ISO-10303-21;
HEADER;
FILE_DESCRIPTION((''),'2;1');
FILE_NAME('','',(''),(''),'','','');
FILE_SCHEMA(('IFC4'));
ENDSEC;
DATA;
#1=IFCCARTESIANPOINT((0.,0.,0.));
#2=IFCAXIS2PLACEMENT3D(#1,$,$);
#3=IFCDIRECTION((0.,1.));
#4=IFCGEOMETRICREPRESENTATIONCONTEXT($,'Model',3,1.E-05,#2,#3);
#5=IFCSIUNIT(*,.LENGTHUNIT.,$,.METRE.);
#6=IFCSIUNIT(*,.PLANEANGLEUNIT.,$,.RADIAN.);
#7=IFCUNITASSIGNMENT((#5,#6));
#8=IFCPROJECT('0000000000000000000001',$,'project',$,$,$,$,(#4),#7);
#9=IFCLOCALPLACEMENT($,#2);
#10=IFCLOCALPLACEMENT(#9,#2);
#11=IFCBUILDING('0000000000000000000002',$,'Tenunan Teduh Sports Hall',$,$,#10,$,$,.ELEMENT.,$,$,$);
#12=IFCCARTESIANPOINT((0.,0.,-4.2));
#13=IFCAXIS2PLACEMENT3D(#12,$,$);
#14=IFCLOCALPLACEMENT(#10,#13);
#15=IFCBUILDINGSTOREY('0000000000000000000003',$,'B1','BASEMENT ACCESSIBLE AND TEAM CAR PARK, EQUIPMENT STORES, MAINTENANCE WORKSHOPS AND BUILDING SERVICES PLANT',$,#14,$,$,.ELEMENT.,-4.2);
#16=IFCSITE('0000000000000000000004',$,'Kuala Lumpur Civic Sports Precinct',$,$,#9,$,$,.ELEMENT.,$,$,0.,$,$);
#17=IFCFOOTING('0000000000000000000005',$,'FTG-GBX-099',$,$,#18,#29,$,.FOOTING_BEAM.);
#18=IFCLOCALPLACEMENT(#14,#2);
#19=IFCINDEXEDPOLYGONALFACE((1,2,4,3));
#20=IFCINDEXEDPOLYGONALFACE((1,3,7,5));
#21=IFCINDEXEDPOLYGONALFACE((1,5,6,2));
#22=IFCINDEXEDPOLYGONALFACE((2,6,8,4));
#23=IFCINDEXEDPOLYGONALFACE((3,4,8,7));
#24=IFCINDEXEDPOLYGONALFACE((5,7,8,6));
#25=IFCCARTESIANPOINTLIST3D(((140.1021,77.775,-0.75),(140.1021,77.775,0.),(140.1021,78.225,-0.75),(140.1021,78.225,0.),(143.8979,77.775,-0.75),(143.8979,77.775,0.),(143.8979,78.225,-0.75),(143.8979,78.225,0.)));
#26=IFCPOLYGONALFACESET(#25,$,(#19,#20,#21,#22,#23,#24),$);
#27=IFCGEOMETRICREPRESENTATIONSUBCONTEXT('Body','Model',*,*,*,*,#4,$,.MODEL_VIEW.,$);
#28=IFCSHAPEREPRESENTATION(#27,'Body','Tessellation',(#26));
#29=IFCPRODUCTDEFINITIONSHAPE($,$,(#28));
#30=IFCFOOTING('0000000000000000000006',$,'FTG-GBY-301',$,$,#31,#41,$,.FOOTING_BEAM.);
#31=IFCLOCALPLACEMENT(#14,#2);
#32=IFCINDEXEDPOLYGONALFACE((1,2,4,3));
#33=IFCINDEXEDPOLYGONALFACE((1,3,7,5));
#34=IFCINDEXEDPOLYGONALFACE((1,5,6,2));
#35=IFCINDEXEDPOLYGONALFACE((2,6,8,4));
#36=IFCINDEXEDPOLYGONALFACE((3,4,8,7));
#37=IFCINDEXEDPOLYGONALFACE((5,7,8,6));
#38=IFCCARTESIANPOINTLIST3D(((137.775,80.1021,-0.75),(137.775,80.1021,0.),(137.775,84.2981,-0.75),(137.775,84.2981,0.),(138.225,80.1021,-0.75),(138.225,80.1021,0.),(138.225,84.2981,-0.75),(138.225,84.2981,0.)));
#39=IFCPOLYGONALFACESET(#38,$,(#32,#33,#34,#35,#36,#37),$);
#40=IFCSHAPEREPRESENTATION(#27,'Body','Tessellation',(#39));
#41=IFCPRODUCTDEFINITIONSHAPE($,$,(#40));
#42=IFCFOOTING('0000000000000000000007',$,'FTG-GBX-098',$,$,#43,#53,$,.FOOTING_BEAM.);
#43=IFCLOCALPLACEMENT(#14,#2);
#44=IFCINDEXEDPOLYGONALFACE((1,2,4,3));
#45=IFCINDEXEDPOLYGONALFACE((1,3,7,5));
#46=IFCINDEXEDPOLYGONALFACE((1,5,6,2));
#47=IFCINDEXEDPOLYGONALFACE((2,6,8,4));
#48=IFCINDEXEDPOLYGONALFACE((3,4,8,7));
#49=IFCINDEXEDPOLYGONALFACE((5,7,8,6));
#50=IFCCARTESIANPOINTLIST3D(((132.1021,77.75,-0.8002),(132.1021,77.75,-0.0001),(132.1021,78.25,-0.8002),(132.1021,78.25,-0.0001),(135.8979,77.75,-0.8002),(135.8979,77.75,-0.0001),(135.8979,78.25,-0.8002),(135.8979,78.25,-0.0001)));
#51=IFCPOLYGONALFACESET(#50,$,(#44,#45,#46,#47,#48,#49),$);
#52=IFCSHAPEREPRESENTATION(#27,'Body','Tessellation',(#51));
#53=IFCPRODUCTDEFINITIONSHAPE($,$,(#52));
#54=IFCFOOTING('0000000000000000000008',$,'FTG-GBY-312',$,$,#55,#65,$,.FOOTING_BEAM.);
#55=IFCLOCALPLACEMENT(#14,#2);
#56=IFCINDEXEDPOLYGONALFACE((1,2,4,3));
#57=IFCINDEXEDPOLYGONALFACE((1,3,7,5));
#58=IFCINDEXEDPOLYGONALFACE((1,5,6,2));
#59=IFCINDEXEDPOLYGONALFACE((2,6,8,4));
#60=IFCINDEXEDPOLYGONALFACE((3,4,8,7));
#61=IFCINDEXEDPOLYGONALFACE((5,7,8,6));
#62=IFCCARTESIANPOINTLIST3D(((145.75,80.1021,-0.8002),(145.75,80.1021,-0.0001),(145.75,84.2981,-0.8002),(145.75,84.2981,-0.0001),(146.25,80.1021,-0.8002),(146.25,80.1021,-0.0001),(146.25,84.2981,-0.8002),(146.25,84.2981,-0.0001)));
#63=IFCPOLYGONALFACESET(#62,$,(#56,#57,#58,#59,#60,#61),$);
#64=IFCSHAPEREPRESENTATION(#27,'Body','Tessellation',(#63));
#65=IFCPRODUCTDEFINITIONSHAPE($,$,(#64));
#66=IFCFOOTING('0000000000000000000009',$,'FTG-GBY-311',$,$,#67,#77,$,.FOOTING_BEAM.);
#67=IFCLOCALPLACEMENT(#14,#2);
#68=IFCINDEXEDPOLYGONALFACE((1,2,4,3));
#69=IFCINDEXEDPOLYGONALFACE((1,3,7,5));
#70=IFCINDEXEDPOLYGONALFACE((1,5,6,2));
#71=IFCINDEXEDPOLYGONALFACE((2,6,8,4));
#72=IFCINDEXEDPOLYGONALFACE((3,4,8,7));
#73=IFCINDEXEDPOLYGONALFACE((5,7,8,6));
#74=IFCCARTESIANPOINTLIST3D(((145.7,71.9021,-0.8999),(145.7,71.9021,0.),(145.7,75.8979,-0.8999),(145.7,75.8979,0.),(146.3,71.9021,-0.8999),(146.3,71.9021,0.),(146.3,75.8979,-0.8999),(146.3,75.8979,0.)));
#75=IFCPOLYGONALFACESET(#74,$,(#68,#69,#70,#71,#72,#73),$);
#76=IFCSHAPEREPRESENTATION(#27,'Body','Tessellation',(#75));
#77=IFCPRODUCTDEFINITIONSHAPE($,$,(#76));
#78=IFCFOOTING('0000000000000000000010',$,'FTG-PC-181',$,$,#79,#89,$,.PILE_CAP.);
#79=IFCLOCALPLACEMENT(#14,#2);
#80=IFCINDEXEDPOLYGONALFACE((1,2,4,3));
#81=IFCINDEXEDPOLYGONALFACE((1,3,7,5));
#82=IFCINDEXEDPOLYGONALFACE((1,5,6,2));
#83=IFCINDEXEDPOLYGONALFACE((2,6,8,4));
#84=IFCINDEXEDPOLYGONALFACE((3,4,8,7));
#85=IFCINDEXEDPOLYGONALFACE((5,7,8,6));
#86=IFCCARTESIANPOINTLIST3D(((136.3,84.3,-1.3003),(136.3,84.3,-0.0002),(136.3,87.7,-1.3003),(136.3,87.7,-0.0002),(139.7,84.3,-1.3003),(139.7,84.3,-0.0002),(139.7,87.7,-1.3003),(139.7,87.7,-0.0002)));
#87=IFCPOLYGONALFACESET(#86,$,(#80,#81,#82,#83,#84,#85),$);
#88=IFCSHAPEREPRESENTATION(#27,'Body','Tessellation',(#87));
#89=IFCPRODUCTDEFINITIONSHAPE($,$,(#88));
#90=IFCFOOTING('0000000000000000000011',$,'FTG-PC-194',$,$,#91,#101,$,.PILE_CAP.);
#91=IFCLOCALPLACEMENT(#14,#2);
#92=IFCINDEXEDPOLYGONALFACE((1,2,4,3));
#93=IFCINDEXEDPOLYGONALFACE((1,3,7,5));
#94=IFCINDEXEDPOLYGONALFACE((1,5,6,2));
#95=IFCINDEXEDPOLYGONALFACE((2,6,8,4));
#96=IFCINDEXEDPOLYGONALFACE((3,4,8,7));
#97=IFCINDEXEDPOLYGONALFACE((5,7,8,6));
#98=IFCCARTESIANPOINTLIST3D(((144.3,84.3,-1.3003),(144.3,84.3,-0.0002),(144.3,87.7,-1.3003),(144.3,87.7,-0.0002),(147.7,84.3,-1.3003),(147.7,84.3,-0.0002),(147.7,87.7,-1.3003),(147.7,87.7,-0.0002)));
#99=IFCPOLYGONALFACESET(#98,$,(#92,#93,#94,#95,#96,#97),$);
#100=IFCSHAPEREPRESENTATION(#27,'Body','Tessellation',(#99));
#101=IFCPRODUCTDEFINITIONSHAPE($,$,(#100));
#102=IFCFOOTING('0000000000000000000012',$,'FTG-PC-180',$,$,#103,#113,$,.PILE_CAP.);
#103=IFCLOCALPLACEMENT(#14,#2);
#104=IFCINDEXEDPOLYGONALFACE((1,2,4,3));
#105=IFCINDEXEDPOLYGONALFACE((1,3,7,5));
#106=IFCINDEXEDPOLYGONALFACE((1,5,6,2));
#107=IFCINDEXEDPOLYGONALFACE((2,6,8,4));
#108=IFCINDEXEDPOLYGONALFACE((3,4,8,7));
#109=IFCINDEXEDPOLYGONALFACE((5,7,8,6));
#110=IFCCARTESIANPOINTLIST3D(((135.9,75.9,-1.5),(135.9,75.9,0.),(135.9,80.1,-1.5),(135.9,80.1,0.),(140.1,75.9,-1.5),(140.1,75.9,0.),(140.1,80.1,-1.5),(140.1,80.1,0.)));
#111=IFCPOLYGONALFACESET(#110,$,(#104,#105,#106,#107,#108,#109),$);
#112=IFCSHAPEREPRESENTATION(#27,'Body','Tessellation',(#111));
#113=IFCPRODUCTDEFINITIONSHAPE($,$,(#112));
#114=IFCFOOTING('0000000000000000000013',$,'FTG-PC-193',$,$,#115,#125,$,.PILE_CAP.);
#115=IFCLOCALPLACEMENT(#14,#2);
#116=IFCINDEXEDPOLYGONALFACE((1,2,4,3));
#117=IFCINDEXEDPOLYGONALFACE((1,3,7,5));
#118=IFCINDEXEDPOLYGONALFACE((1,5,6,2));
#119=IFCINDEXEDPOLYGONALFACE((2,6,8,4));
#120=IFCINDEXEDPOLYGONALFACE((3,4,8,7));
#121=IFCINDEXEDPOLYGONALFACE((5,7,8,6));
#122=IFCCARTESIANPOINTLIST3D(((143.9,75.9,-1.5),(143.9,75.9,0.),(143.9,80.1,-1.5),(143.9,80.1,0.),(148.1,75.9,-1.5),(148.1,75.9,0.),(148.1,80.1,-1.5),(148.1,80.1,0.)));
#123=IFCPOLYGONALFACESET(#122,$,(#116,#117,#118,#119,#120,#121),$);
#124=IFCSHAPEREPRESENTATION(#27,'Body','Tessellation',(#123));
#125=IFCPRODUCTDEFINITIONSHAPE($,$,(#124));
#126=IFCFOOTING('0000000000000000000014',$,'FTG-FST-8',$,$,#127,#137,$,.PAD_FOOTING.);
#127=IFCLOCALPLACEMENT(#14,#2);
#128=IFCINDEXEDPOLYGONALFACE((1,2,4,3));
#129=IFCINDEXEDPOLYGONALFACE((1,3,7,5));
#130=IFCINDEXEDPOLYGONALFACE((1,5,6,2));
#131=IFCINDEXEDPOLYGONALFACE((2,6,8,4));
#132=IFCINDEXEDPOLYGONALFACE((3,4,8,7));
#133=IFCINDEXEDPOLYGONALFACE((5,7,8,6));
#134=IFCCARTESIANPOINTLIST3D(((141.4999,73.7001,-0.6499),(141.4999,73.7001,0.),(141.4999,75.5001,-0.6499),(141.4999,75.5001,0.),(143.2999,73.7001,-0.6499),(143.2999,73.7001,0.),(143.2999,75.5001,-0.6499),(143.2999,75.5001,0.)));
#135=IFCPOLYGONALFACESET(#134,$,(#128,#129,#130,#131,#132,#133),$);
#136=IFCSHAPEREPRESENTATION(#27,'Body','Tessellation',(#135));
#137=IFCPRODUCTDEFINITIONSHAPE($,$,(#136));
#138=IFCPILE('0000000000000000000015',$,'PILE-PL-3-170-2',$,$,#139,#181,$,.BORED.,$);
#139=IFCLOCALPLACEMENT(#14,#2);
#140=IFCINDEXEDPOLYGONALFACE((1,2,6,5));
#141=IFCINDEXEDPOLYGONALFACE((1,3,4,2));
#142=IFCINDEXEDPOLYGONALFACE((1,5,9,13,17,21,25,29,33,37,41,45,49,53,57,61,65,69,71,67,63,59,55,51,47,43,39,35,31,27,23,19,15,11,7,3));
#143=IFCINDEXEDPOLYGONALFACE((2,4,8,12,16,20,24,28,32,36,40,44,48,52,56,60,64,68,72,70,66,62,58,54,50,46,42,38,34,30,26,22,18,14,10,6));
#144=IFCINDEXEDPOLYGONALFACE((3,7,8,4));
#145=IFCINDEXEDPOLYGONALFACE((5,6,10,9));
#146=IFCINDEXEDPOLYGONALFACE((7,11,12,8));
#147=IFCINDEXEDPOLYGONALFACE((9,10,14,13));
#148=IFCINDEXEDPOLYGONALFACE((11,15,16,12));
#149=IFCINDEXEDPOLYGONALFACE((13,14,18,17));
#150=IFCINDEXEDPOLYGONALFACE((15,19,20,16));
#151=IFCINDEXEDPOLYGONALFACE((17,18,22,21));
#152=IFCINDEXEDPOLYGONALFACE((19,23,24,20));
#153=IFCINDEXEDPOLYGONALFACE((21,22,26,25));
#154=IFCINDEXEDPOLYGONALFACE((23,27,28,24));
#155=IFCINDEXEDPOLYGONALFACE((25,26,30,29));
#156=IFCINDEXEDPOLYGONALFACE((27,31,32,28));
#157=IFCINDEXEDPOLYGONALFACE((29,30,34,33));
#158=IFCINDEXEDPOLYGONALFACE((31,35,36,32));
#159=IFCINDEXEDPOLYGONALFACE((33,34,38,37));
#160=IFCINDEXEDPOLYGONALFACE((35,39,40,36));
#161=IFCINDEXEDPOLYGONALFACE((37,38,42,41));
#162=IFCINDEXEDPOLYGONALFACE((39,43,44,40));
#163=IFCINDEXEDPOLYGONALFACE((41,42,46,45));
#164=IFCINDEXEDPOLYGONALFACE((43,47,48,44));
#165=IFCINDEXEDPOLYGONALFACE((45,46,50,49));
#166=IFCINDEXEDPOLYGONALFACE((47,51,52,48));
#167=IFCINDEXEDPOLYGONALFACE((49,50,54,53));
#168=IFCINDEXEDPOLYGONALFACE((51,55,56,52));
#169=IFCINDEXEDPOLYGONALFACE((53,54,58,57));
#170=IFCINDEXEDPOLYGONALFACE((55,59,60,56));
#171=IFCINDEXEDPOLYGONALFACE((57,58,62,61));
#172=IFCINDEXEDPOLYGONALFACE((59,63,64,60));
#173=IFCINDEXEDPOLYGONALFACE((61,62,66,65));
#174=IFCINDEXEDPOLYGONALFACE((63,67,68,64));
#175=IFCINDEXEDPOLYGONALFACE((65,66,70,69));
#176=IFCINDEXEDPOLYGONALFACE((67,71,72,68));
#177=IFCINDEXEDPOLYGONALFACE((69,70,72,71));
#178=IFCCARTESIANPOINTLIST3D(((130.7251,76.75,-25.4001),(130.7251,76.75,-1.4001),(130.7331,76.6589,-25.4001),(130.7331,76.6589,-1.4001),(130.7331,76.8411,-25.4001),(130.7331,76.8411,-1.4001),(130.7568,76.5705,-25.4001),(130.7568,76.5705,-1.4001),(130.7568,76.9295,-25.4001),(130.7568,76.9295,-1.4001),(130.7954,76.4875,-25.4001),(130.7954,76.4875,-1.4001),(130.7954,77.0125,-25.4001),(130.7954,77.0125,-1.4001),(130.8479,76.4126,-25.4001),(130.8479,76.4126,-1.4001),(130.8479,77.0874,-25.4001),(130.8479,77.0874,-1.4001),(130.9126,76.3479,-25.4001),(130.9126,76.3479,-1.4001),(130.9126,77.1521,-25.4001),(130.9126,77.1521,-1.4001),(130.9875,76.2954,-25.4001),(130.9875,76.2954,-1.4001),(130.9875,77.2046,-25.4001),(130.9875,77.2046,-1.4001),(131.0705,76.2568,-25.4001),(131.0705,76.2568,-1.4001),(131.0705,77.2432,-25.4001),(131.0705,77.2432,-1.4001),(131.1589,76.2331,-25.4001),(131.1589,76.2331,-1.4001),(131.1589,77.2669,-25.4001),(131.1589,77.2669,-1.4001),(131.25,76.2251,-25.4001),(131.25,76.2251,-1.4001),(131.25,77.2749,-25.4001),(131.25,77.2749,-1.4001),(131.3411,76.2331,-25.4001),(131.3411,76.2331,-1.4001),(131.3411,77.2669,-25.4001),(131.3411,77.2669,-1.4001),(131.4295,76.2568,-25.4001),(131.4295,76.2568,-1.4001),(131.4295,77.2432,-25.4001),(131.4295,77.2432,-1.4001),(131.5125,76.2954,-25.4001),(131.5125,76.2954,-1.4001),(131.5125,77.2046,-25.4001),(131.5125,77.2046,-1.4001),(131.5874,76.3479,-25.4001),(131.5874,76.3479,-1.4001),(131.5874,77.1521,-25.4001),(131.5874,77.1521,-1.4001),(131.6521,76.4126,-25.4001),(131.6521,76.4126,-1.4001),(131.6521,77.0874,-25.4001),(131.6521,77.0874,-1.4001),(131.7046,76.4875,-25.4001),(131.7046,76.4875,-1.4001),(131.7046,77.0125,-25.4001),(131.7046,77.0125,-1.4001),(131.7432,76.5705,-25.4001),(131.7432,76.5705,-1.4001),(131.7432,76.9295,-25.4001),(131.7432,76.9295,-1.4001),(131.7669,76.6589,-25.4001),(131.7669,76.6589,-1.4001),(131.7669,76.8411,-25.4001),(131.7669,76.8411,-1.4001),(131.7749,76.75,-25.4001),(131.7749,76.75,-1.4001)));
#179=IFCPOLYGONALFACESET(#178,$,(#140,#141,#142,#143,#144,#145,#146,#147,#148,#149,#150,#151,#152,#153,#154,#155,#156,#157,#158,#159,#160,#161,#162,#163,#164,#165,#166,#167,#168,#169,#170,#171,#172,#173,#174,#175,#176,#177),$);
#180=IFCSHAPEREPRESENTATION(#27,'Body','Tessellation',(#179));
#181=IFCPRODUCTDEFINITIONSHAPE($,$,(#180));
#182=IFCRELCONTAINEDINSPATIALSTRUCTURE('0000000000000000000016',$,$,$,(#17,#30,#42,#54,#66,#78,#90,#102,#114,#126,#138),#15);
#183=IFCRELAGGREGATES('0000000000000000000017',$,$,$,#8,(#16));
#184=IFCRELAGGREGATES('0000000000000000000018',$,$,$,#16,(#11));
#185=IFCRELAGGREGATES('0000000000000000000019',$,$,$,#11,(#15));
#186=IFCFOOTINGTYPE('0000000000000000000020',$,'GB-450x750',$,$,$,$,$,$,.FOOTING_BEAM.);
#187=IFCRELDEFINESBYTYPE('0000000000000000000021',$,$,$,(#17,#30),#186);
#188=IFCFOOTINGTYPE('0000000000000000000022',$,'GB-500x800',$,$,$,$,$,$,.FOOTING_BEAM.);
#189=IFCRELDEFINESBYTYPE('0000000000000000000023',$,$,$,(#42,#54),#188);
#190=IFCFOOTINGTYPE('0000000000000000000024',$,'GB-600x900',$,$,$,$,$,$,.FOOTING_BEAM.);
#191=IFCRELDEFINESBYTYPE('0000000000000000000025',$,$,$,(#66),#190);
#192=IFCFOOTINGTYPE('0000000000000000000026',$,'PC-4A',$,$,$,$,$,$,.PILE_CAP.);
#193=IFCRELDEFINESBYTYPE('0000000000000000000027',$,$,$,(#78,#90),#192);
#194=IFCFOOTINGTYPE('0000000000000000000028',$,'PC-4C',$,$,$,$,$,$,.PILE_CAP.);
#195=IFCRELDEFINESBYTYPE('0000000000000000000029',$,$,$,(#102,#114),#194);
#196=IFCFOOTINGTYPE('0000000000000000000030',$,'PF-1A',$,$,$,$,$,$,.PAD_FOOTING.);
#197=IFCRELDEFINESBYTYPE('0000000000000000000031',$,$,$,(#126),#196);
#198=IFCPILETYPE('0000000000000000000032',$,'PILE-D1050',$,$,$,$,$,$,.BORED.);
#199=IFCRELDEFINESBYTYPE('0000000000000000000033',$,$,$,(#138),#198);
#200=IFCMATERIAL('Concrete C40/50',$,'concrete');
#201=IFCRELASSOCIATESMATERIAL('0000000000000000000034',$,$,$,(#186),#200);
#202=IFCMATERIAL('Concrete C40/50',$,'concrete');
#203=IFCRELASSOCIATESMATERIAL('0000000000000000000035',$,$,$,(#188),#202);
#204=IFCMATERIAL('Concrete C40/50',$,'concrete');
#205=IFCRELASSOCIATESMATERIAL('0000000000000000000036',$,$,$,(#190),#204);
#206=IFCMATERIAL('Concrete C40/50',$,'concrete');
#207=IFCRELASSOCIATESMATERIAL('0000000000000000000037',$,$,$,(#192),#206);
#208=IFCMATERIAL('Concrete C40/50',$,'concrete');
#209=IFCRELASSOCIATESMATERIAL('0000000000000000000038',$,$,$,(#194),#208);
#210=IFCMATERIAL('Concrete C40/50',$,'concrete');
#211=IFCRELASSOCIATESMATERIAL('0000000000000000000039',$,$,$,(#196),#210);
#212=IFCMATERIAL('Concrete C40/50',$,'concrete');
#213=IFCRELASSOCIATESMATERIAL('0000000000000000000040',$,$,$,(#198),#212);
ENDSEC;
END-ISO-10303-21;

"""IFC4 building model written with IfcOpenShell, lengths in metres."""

from ifc_helpers import new_model, si_unit, direction, frame, origin, origin_2d, place, context, subcontext, project, spatial, rectangle, circle, extrude, material, material_profile, profile_set, type_object, element, save


model = new_model("IFC4")

# Units and contexts
model_context = context("Model", 3, precision=1e-05, world=origin(), true_north=direction((0.0, 1.0)))
body_context = subcontext(model_context, "Body", "Model", "MODEL_VIEW")
ifc_project = project(units=[si_unit("LENGTHUNIT", "METRE"), si_unit("PLANEANGLEUNIT", "RADIAN")], contexts=[model_context])

# Site, building, storey
site_placement = place(None, origin())
site = spatial("IfcSite", under=ifc_project, at=site_placement, Name="Kuala Lumpur Civic Sports Precinct", CompositionType="ELEMENT", RefElevation=0.0)
building_placement = place(site_placement, origin())
building = spatial("IfcBuilding", under=site, at=building_placement, Name="Tenunan Teduh Sports Hall", CompositionType="ELEMENT")
storey_placement = place(building_placement, frame((0.0, 0.0, -4.2)))
storey = spatial("IfcBuildingStorey", under=building, at=storey_placement, Name="B1", Description="BASEMENT ACCESSIBLE AND TEAM CAR PARK, EQUIPMENT STORES, MAINTENANCE WORKSHOPS AND BUILDING SERVICES PLANT", CompositionType="ELEMENT", Elevation=-4.2)

# Footings
ifc_material_1 = material(Name="Concrete C40/50", Category="concrete")
ifc_material_profile_1 = material_profile(ifc_material_1, rectangle(XDim=0.45, YDim=0.75, at=origin_2d()), Name="RCB 450x750")
ifc_profile_set_1 = profile_set([ifc_material_profile_1], Name="Concrete C40/50")
footing_type_1 = type_object("IfcFootingType", Name="GB-450x750", PredefinedType="FOOTING_BEAM", material=ifc_profile_set_1)
footing_1_placement = place(storey_placement, frame((140.1021, 78.0, -0.375), z_axis=(1.0, 0.0, 0.0), x_axis=(0.0, 1.0, 0.0)))
element("IfcFooting", 1, at=footing_1_placement, inside=storey, type_object=footing_type_1, Name="FTG-GBX-099", PredefinedType="FOOTING_BEAM", context=body_context, shape_type="SweptSolid", body=[
    extrude(rectangle(XDim=0.45, YDim=0.75, at=origin_2d()), origin(), (0.0, 0.0, 1.0), 3.7959),
])
footing_2_placement = place(storey_placement, frame((138.0, 80.1021, -0.375), z_axis=(0.0, 1.0, 0.0), x_axis=(-1.0, 0.0, 0.0)))
element("IfcFooting", 2, at=footing_2_placement, inside=storey, type_object=footing_type_1, Name="FTG-GBY-301", PredefinedType="FOOTING_BEAM", context=body_context, shape_type="SweptSolid", body=[
    extrude(rectangle(XDim=0.45, YDim=0.75, at=origin_2d()), origin(), (0.0, 0.0, 1.0), 4.196),
])
ifc_material_2 = material(Name="Concrete C40/50", Category="concrete")
ifc_material_profile_2 = material_profile(ifc_material_2, rectangle(XDim=0.5, YDim=0.8, at=origin_2d()), Name="RCB 500x800")
ifc_profile_set_2 = profile_set([ifc_material_profile_2], Name="Concrete C40/50")
footing_type_2 = type_object("IfcFootingType", Name="GB-500x800", PredefinedType="FOOTING_BEAM", material=ifc_profile_set_2)
footing_3_placement = place(storey_placement, frame((132.1021, 78.0, -0.4001), z_axis=(1.0, 0.0, 0.0), x_axis=(0.0, 1.0, 0.0)))
element("IfcFooting", 3, at=footing_3_placement, inside=storey, type_object=footing_type_2, Name="FTG-GBX-098", PredefinedType="FOOTING_BEAM", context=body_context, shape_type="SweptSolid", body=[
    extrude(rectangle(XDim=0.5, YDim=0.8, at=origin_2d()), origin(), (0.0, 0.0, 1.0), 3.7959),
])
footing_4_placement = place(storey_placement, frame((146.0, 80.1021, -0.4001), z_axis=(0.0, 1.0, 0.0), x_axis=(-1.0, 0.0, 0.0)))
element("IfcFooting", 4, at=footing_4_placement, inside=storey, type_object=footing_type_2, Name="FTG-GBY-312", PredefinedType="FOOTING_BEAM", context=body_context, shape_type="SweptSolid", body=[
    extrude(rectangle(XDim=0.5, YDim=0.8, at=origin_2d()), origin(), (0.0, 0.0, 1.0), 4.196),
])
ifc_material_3 = material(Name="Concrete C40/50", Category="concrete")
ifc_material_profile_3 = material_profile(ifc_material_3, rectangle(XDim=0.6001, YDim=0.8999, at=origin_2d()), Name="RCB 600x900")
ifc_profile_set_3 = profile_set([ifc_material_profile_3], Name="Concrete C40/50")
footing_type_3 = type_object("IfcFootingType", Name="GB-600x900", PredefinedType="FOOTING_BEAM", material=ifc_profile_set_3)
footing_5_placement = place(storey_placement, frame((146.0, 71.9021, -0.45), z_axis=(0.0, 1.0, 0.0), x_axis=(-1.0, 0.0, 0.0)))
element("IfcFooting", 5, at=footing_5_placement, inside=storey, type_object=footing_type_3, Name="FTG-GBY-311", PredefinedType="FOOTING_BEAM", context=body_context, shape_type="SweptSolid", body=[
    extrude(rectangle(XDim=0.6001, YDim=0.8999, at=origin_2d()), origin(), (0.0, 0.0, 1.0), 3.9958),
])
ifc_material_4 = material(Name="Concrete C40/50", Category="concrete")
footing_type_4 = type_object("IfcFootingType", Name="PC-4A", PredefinedType="PILE_CAP", material=ifc_material_4)
for number, where, z_axis, x_axis, name in (
    (6, (138.0, 86.0, -1.3003), (0.0, 0.0, 1.0), (1.0, 0.0, 0.0), "FTG-PC-181"),
    (7, (146.0, 86.0, -1.3003), (0.0, 0.0, 1.0), (1.0, 0.0, 0.0), "FTG-PC-194"),
):
    element("IfcFooting", number, at=place(storey_placement, frame(where, z_axis=z_axis, x_axis=x_axis)), inside=storey, type_object=footing_type_4, Name=name, PredefinedType="PILE_CAP", context=body_context, shape_type="SweptSolid", body=[
        extrude(rectangle(XDim=3.3999, YDim=3.3999, at=origin_2d()), origin(), (0.0, 0.0, 1.0), 1.3),
    ])
ifc_material_5 = material(Name="Concrete C40/50", Category="concrete")
footing_type_5 = type_object("IfcFootingType", Name="PC-4C", PredefinedType="PILE_CAP", material=ifc_material_5)
for number, where, z_axis, x_axis, name in (
    (8, (138.0, 78.0, -1.5), (0.0, 0.0, 1.0), (1.0, 0.0, 0.0), "FTG-PC-180"),
    (9, (146.0, 78.0, -1.5), (0.0, 0.0, 1.0), (1.0, 0.0, 0.0), "FTG-PC-193"),
):
    element("IfcFooting", number, at=place(storey_placement, frame(where, z_axis=z_axis, x_axis=x_axis)), inside=storey, type_object=footing_type_5, Name=name, PredefinedType="PILE_CAP", context=body_context, shape_type="SweptSolid", body=[
        extrude(rectangle(XDim=4.2, YDim=4.2, at=origin_2d()), origin(), (0.0, 0.0, 1.0), 1.5),
    ])
ifc_material_6 = material(Name="Concrete C40/50", Category="concrete")
footing_type_6 = type_object("IfcFootingType", Name="PF-1A", PredefinedType="PAD_FOOTING", material=ifc_material_6)
footing_6_placement = place(storey_placement, frame((142.3999, 74.6001, -0.6499), z_axis=(0.0, 0.0, 1.0), x_axis=(1.0, 0.0, 0.0)))
element("IfcFooting", 10, at=footing_6_placement, inside=storey, type_object=footing_type_6, Name="FTG-FST-8", PredefinedType="PAD_FOOTING", context=body_context, shape_type="SweptSolid", body=[
    extrude(rectangle(XDim=1.8, YDim=1.8, at=origin_2d()), origin(), (0.0, 0.0, 1.0), 0.6499),
])

# Pile
ifc_material_7 = material(Name="Concrete C40/50", Category="concrete")
ifc_material_profile_4 = material_profile(ifc_material_7, circle(Radius=0.5249, at=origin_2d()), Name="PILE D1050")
ifc_profile_set_4 = profile_set([ifc_material_profile_4], Name="Concrete C40/50")
pile_type_1 = type_object("IfcPileType", Name="PILE-D1050", PredefinedType="BORED", material=ifc_profile_set_4)
for number, where, z_axis, x_axis, name in (
    (11, (131.25, 76.75, -1.4001), (0.0, 0.0, -1.0), (1.0, 0.0, 0.0), "PILE-PL-3-170-2"),
):
    element("IfcPile", number, at=place(storey_placement, frame(where, z_axis=z_axis, x_axis=x_axis)), inside=storey, type_object=pile_type_1, Name=name, PredefinedType="BORED", context=body_context, shape_type="SweptSolid", body=[
        extrude(circle(Radius=0.5249, at=origin_2d()), origin(), (0.0, 0.0, 1.0), 24.0),
    ])

save(model, "model.ifc")
